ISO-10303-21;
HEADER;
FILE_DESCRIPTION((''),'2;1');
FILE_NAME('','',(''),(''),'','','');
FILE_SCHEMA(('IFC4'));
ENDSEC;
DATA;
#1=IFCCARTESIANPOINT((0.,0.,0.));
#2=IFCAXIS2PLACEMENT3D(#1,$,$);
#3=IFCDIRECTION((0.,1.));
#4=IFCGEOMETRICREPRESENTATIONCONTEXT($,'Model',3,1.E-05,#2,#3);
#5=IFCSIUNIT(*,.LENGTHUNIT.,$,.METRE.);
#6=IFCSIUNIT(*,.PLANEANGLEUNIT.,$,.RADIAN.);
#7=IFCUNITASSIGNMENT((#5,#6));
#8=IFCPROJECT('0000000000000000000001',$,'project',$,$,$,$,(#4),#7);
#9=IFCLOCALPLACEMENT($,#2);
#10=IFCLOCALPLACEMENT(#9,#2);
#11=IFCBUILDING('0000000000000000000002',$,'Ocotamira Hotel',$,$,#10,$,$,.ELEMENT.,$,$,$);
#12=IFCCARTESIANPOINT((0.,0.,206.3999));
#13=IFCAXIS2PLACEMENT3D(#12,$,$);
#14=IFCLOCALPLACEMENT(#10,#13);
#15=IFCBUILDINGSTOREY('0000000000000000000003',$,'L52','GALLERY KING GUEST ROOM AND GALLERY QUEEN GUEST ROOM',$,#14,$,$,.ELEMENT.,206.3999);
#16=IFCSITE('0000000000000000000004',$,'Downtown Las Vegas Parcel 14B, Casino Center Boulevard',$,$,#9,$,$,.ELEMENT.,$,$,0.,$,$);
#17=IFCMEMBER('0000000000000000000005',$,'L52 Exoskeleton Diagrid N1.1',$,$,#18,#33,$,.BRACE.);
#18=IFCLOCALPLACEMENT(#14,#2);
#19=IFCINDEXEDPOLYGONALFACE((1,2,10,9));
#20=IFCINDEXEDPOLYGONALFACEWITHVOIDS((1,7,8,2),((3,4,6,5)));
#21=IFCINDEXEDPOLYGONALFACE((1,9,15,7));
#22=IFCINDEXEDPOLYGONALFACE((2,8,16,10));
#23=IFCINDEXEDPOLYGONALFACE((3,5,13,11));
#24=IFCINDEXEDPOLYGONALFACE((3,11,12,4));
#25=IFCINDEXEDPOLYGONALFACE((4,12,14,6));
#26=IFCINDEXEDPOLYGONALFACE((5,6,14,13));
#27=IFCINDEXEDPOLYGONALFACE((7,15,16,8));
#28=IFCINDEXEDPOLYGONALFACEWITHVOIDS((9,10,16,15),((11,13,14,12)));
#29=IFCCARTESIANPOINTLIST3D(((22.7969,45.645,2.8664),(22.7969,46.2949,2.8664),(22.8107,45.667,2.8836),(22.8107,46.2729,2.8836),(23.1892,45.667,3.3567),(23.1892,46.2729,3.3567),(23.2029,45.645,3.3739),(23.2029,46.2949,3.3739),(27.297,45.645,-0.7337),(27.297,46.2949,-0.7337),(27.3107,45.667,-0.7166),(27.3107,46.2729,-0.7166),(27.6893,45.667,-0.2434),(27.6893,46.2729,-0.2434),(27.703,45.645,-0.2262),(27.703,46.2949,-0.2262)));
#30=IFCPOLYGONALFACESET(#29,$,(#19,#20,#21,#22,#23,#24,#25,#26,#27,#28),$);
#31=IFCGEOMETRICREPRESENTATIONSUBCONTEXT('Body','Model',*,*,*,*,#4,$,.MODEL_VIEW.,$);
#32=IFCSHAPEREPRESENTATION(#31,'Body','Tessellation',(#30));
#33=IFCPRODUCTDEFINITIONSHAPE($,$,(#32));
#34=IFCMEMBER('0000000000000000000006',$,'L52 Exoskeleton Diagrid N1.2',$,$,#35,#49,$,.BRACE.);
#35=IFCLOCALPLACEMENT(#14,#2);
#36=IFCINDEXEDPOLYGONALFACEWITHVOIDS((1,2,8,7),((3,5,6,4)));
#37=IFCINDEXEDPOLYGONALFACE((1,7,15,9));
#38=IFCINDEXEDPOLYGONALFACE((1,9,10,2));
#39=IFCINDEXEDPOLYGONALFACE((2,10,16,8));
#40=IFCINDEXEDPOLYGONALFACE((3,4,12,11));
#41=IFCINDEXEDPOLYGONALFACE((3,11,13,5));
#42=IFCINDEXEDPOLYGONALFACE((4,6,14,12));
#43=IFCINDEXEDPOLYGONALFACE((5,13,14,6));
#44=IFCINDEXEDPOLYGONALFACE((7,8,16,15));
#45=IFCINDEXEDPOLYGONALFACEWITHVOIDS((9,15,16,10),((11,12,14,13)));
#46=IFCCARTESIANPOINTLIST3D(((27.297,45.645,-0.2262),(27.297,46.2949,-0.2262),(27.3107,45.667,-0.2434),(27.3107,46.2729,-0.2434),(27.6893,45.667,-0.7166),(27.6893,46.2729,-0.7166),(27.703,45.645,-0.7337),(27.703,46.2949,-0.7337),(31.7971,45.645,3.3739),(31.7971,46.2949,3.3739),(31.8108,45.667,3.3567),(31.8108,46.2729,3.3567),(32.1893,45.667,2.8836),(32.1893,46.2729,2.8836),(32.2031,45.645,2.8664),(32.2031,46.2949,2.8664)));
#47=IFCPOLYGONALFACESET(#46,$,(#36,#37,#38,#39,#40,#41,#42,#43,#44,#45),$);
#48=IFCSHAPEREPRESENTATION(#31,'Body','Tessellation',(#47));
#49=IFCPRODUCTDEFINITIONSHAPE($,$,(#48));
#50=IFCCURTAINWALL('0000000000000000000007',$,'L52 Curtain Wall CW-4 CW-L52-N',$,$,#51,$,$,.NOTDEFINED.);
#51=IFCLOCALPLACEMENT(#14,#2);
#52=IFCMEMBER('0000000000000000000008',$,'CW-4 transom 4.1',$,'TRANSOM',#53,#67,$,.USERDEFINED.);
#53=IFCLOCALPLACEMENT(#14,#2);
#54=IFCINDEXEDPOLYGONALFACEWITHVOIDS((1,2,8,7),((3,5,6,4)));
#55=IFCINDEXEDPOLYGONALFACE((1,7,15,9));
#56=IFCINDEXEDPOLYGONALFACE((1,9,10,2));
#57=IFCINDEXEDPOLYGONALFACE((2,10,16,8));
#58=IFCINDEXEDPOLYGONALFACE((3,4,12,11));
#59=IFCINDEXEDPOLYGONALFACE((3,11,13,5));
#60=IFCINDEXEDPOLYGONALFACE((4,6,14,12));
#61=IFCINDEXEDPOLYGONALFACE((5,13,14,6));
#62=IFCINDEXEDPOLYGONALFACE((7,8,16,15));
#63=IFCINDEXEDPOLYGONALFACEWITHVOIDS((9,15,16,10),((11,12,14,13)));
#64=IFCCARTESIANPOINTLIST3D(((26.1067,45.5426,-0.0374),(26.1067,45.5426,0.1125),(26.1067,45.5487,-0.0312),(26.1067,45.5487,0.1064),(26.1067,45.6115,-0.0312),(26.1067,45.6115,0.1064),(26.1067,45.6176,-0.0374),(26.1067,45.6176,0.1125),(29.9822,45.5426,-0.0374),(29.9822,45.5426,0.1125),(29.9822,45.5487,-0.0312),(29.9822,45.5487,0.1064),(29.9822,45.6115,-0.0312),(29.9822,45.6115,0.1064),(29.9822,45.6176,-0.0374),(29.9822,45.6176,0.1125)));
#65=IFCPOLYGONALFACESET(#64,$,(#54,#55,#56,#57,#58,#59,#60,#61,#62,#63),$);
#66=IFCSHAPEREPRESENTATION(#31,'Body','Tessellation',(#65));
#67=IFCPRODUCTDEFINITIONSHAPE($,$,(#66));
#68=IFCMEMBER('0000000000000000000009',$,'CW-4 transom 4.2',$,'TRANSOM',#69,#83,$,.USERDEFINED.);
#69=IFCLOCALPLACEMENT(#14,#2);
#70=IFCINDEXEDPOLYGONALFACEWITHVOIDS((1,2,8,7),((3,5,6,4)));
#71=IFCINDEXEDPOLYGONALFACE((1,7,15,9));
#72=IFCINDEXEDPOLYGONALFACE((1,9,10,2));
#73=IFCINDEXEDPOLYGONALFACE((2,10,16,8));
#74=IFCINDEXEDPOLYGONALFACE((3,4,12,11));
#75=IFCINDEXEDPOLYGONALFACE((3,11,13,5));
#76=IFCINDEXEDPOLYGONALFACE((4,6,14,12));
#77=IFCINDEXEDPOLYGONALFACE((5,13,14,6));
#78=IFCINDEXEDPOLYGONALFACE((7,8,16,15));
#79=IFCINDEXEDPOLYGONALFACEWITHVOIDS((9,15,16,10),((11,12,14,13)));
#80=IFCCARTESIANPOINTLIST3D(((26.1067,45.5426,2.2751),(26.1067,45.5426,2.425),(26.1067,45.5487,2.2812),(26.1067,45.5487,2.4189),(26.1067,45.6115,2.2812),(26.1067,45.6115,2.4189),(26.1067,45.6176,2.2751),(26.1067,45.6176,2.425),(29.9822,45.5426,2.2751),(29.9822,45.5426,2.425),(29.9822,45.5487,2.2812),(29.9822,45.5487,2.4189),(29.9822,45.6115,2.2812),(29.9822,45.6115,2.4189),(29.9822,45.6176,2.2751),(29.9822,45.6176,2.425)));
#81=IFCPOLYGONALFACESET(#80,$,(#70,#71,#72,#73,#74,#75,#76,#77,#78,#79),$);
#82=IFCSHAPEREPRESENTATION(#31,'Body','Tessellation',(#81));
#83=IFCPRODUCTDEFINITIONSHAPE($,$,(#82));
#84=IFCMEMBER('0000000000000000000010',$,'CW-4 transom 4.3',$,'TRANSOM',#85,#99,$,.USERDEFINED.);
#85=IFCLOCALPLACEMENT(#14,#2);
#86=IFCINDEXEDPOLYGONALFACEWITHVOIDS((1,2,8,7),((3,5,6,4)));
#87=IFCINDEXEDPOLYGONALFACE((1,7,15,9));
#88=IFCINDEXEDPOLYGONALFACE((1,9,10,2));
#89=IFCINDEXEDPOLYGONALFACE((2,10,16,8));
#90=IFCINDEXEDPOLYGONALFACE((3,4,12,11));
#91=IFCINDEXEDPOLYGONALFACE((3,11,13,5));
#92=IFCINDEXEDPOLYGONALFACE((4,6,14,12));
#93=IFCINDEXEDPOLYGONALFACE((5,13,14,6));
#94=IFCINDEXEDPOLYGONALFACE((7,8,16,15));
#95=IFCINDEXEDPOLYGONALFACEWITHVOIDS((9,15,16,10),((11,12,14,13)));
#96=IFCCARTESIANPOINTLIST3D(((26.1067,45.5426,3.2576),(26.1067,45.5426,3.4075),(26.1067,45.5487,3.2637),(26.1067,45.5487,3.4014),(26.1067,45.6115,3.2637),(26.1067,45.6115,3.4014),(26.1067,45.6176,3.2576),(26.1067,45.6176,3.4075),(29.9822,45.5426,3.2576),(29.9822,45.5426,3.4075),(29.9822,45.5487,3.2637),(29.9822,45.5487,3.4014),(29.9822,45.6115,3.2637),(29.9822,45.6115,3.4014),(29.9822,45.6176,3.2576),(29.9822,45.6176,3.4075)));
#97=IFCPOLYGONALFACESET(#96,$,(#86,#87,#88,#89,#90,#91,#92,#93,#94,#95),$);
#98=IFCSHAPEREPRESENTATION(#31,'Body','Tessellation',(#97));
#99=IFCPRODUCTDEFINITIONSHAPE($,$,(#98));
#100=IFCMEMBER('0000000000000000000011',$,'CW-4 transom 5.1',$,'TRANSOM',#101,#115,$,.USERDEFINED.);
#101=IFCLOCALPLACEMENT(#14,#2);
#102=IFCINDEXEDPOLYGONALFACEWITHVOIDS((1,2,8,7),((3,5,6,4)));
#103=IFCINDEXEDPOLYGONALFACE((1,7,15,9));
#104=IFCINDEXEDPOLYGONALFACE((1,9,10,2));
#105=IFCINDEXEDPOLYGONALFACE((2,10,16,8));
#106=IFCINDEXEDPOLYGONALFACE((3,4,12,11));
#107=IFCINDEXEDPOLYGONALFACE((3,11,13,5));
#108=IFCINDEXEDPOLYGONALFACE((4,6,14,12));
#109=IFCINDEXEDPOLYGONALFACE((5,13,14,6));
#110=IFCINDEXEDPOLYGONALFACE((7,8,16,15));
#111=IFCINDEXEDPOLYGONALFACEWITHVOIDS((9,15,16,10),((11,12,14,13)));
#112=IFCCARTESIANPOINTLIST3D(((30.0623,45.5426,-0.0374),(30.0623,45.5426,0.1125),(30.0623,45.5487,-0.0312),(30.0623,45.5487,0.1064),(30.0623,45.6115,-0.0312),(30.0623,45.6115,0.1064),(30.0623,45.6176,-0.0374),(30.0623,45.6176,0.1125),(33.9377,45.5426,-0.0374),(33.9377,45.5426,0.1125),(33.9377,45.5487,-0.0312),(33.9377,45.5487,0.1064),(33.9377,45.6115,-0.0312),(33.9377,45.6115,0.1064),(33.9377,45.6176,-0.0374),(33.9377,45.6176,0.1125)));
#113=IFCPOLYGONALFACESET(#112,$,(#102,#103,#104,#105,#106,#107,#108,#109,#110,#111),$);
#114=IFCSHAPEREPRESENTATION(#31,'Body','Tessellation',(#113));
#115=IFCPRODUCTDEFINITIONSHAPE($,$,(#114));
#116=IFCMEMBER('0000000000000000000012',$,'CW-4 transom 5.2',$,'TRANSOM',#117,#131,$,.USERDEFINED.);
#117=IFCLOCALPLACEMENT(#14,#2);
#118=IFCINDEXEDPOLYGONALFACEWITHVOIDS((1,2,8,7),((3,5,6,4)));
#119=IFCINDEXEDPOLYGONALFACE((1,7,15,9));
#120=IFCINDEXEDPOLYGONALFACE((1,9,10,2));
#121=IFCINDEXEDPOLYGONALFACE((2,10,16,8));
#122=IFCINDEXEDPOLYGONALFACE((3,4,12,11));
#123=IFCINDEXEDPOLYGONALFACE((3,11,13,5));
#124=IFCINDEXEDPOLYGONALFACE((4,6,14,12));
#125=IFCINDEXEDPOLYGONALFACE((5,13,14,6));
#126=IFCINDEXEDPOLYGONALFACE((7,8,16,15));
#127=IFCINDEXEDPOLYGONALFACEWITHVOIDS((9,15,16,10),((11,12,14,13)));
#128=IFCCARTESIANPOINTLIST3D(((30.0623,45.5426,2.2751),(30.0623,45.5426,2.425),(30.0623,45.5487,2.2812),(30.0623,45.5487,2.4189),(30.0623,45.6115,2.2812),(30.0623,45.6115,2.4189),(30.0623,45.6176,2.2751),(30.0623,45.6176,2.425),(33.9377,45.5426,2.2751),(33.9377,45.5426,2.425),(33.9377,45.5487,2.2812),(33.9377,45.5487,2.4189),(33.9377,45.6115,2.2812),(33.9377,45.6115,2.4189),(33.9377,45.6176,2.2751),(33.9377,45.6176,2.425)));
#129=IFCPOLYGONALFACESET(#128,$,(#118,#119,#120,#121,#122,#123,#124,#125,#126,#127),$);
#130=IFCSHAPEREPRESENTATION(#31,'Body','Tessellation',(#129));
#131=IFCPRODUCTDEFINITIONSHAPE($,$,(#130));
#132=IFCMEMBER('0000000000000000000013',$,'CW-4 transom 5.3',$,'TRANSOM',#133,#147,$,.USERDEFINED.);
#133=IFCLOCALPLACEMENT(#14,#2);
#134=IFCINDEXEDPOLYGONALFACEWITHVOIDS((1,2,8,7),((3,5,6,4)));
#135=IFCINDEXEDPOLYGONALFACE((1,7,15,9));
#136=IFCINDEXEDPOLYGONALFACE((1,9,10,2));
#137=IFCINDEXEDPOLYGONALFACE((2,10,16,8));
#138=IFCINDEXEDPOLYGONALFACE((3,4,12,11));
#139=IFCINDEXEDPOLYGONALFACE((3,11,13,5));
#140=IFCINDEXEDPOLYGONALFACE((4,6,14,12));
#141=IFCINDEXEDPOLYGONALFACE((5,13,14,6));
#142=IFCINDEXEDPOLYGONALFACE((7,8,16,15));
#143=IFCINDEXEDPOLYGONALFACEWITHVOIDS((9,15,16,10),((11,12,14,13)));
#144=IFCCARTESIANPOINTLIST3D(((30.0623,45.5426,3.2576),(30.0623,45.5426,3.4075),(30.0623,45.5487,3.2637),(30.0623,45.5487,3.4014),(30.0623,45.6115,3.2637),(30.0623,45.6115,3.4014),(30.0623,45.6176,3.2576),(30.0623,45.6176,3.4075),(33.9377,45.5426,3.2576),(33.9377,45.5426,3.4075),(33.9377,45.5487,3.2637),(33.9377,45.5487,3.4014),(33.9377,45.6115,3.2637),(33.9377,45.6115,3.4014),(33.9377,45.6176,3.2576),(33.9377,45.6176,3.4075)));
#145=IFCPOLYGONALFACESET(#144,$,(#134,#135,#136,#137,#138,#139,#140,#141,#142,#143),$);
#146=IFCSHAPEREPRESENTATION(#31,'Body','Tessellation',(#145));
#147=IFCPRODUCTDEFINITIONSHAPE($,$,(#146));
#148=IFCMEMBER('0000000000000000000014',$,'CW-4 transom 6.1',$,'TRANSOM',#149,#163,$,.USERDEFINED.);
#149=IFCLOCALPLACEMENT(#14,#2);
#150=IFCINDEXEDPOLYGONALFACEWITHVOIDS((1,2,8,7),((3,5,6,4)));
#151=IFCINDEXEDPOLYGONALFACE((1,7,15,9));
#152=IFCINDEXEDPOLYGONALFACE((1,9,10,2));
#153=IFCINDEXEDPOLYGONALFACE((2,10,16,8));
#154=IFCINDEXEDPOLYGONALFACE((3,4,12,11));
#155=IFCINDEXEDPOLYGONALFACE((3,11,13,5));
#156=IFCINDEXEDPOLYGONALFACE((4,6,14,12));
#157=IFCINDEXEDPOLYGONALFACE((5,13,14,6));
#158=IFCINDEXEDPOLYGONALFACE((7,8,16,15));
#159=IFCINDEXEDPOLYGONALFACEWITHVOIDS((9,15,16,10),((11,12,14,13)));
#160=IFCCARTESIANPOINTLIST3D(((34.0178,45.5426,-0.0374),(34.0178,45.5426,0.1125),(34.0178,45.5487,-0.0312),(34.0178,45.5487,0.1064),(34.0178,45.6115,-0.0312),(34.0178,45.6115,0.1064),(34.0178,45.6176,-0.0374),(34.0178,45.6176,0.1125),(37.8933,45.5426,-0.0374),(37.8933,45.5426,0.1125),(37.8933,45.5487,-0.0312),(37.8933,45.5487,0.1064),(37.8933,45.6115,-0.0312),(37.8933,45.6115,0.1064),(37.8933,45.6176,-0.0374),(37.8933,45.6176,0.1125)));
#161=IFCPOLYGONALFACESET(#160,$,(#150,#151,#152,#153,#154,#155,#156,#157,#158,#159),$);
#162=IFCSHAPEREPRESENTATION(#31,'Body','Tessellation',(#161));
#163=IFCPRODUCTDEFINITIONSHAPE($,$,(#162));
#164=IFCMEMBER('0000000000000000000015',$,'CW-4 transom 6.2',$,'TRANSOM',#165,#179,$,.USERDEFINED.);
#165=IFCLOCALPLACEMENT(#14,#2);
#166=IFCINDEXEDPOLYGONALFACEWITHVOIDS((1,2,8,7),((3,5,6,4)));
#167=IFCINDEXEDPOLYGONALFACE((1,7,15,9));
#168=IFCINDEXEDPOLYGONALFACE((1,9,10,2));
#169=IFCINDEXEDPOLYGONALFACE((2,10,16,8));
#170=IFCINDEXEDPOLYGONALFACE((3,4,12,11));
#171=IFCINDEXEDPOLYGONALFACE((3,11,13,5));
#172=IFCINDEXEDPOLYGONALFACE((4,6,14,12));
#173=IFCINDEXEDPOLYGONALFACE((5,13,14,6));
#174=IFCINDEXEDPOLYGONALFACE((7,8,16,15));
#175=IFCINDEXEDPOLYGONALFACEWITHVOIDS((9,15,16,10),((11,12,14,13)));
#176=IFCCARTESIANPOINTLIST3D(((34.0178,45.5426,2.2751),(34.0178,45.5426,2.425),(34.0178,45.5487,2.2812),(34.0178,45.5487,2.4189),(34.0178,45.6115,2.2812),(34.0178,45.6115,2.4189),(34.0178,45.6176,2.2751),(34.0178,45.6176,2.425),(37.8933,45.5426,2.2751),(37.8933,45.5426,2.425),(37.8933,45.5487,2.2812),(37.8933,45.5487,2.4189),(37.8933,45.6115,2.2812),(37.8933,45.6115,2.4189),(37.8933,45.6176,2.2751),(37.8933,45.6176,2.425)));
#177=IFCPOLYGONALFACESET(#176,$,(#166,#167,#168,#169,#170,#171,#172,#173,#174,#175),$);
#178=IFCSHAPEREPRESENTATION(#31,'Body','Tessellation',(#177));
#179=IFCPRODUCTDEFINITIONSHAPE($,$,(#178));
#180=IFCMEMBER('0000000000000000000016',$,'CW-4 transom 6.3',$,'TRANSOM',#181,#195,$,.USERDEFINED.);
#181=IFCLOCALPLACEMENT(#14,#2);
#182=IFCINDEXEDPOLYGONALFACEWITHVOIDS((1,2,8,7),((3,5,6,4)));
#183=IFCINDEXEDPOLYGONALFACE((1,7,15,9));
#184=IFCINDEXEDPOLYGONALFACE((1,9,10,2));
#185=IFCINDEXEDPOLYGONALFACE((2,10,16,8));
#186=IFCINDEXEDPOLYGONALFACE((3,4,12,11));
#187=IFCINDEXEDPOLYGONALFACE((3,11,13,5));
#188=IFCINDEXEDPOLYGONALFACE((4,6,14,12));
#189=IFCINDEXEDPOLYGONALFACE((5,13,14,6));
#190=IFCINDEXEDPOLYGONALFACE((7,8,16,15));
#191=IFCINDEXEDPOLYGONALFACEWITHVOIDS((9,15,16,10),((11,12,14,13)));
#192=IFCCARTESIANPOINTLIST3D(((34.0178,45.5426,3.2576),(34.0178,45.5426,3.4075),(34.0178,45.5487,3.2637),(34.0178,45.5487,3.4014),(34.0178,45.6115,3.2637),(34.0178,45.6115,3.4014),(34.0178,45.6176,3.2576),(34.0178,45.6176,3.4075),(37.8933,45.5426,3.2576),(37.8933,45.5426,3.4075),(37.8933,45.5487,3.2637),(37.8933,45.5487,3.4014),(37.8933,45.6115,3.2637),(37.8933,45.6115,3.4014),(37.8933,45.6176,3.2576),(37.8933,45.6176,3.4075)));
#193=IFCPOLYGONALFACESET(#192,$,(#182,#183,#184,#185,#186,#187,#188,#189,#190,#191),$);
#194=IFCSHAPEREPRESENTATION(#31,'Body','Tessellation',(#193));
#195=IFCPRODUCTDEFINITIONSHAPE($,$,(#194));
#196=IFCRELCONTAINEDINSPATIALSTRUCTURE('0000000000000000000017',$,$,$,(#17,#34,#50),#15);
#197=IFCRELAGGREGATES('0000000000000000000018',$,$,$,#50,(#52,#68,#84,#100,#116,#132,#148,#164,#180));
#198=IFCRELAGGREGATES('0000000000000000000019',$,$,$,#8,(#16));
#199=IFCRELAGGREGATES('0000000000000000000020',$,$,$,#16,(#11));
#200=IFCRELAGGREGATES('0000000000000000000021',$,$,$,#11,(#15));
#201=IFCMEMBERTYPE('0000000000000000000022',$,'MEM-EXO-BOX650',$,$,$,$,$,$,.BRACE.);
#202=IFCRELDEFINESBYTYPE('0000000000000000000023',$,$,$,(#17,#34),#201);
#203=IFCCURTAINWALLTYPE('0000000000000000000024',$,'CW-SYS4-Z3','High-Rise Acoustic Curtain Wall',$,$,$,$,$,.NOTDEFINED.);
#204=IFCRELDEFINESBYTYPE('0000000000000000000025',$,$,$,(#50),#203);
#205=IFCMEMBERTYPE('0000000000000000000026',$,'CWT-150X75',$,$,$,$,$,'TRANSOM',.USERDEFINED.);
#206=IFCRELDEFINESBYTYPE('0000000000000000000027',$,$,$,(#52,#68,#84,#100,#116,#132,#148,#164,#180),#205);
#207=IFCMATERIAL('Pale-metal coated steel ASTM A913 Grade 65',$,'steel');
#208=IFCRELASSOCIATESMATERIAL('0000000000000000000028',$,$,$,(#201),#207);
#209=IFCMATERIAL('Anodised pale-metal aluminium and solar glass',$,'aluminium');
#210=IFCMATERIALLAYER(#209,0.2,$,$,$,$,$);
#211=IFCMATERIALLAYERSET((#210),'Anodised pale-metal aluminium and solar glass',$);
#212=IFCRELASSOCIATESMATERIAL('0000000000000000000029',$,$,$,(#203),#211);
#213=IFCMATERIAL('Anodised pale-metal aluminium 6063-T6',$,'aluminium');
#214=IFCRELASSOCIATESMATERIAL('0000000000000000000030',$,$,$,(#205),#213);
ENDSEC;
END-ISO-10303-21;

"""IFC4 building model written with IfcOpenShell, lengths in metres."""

from ifc_helpers import new_model, si_unit, direction, frame, origin, origin_2d, place, context, subcontext, project, spatial, hollow_rectangle, extrude, source, transform, mapped, material, layer, layer_set, material_profile, profile_set, type_object, element, aggregate, save


model = new_model("IFC4")

# Units and contexts
model_context = context("Model", 3, precision=1e-05, world=origin(), true_north=direction((0.0, 1.0)))
body_context = subcontext(model_context, "Body", "Model", "MODEL_VIEW")
ifc_project = project(units=[si_unit("LENGTHUNIT", "METRE"), si_unit("PLANEANGLEUNIT", "RADIAN")], contexts=[model_context])

# Site, building, storey
site_placement = place(None, origin())
site = spatial("IfcSite", under=ifc_project, at=site_placement, Name="Downtown Las Vegas Parcel 14B, Casino Center Boulevard", CompositionType="ELEMENT", RefElevation=0.0)
building_placement = place(site_placement, origin())
building = spatial("IfcBuilding", under=site, at=building_placement, Name="Ocotamira Hotel", CompositionType="ELEMENT")
storey_placement = place(building_placement, frame((0.0, 0.0, 206.3999)))
storey = spatial("IfcBuildingStorey", under=building, at=storey_placement, Name="L52", Description="GALLERY KING GUEST ROOM AND GALLERY QUEEN GUEST ROOM", CompositionType="ELEMENT", Elevation=206.3999)

# Members
ifc_material_1 = material(Name="Pale-metal coated steel ASTM A913 Grade 65", Category="steel")
ifc_material_profile_1 = material_profile(ifc_material_1, hollow_rectangle(XDim=0.6499, YDim=0.6499, WallThickness=0.022, at=origin_2d()), Name="BOX650X650X22")
ifc_profile_set_1 = profile_set([ifc_material_profile_1], Name="Pale-metal coated steel ASTM A913 Grade 65")
member_type_1 = type_object("IfcMemberType", Name="MEM-EXO-BOX650", PredefinedType="BRACE", material=ifc_profile_set_1)
shared_shape_1 = source(origin(), body_context, "Body", "SweptSolid", [
    extrude(hollow_rectangle(XDim=0.6499, YDim=0.6499, WallThickness=0.022, at=origin_2d()), origin(), (0.0, 0.0, 1.0), 5.7629),
])
for number, where, z_axis, x_axis, name in (
    (1, (27.5, 45.97, -0.48), (-0.780861, 0.0, 0.624705), (0.0, -1.0, 0.0), "L52 Exoskeleton Diagrid N1.1"),
    (2, (27.5, 45.97, -0.48), (0.780861, 0.0, 0.624705), (0.0, 1.0, 0.0), "L52 Exoskeleton Diagrid N1.2"),
):
    element("IfcMember", number, at=place(storey_placement, frame(where, z_axis=z_axis, x_axis=x_axis)), inside=storey, type_object=member_type_1, Name=name, PredefinedType="BRACE", context=body_context, shape_type="MappedRepresentation", body=[
        mapped(shared_shape_1, transform((0.0, 0.0, 0.0), scale=1.0)),
    ])

# Curtain wall, members
ifc_material_2 = material(Name="Anodised pale-metal aluminium and solar glass", Category="aluminium")
ifc_layer_1 = layer(ifc_material_2, 0.2)
ifc_layer_set_1 = layer_set([ifc_layer_1], Name="Anodised pale-metal aluminium and solar glass")
curtain_wall_type = type_object("IfcCurtainWallType", Name="CW-SYS4-Z3", Description="High-Rise Acoustic Curtain Wall", PredefinedType="NOTDEFINED", material=ifc_layer_set_1)
curtain_wall_placement = place(storey_placement, origin())
curtain_wall = element("IfcCurtainWall", 3, at=curtain_wall_placement, inside=storey, type_object=curtain_wall_type, Name="L52 Curtain Wall CW-4 CW-L52-N", PredefinedType="NOTDEFINED")
ifc_material_3 = material(Name="Anodised pale-metal aluminium 6063-T6", Category="aluminium")
ifc_material_profile_2 = material_profile(ifc_material_3, hollow_rectangle(XDim=0.075, YDim=0.1499, WallThickness=0.0061, at=origin_2d()), Name="HSS150X75X6")
ifc_profile_set_2 = profile_set([ifc_material_profile_2], Name="Anodised pale-metal aluminium 6063-T6")
member_type_2 = type_object("IfcMemberType", Name="CWT-150X75", ElementType="TRANSOM", PredefinedType="USERDEFINED", material=ifc_profile_set_2)
shared_shape_2 = source(origin(), body_context, "Body", "SweptSolid", [
    extrude(hollow_rectangle(XDim=0.075, YDim=0.1499, WallThickness=0.0061, at=origin_2d()), origin(), (0.0, 0.0, 1.0), 3.8755),
])
member_1_placement = place(storey_placement, frame((26.1067, 45.5801, 0.0376), z_axis=(1.0, 0.0, 0.0), x_axis=(0.0, 1.0, 0.0)))
member_1 = element("IfcMember", 4, at=member_1_placement, type_object=member_type_2, Name="CW-4 transom 4.1", ObjectType="TRANSOM", PredefinedType="USERDEFINED", context=body_context, shape_type="MappedRepresentation", body=[
    mapped(shared_shape_2, transform((0.0, 0.0, 0.0), scale=1.0)),
])
member_2_placement = place(storey_placement, frame((26.1067, 45.5801, 2.3501), z_axis=(1.0, 0.0, 0.0), x_axis=(0.0, 1.0, 0.0)))
member_2 = element("IfcMember", 5, at=member_2_placement, type_object=member_type_2, Name="CW-4 transom 4.2", ObjectType="TRANSOM", PredefinedType="USERDEFINED", context=body_context, shape_type="MappedRepresentation", body=[
    mapped(shared_shape_2, transform((0.0, 0.0, 0.0), scale=1.0)),
])
member_3_placement = place(storey_placement, frame((26.1067, 45.5801, 3.3325), z_axis=(1.0, 0.0, 0.0), x_axis=(0.0, 1.0, 0.0)))
member_3 = element("IfcMember", 6, at=member_3_placement, type_object=member_type_2, Name="CW-4 transom 4.3", ObjectType="TRANSOM", PredefinedType="USERDEFINED", context=body_context, shape_type="MappedRepresentation", body=[
    mapped(shared_shape_2, transform((0.0, 0.0, 0.0), scale=1.0)),
])
member_4_placement = place(storey_placement, frame((30.0623, 45.5801, 0.0376), z_axis=(1.0, 0.0, 0.0), x_axis=(0.0, 1.0, 0.0)))
member_4 = element("IfcMember", 7, at=member_4_placement, type_object=member_type_2, Name="CW-4 transom 5.1", ObjectType="TRANSOM", PredefinedType="USERDEFINED", context=body_context, shape_type="MappedRepresentation", body=[
    mapped(shared_shape_2, transform((0.0, 0.0, 0.0), scale=1.0)),
])
member_5_placement = place(storey_placement, frame((30.0623, 45.5801, 2.3501), z_axis=(1.0, 0.0, 0.0), x_axis=(0.0, 1.0, 0.0)))
member_5 = element("IfcMember", 8, at=member_5_placement, type_object=member_type_2, Name="CW-4 transom 5.2", ObjectType="TRANSOM", PredefinedType="USERDEFINED", context=body_context, shape_type="MappedRepresentation", body=[
    mapped(shared_shape_2, transform((0.0, 0.0, 0.0), scale=1.0)),
])
member_6_placement = place(storey_placement, frame((30.0623, 45.5801, 3.3325), z_axis=(1.0, 0.0, 0.0), x_axis=(0.0, 1.0, 0.0)))
member_6 = element("IfcMember", 9, at=member_6_placement, type_object=member_type_2, Name="CW-4 transom 5.3", ObjectType="TRANSOM", PredefinedType="USERDEFINED", context=body_context, shape_type="MappedRepresentation", body=[
    mapped(shared_shape_2, transform((0.0, 0.0, 0.0), scale=1.0)),
])
member_7_placement = place(storey_placement, frame((34.0178, 45.5801, 0.0376), z_axis=(1.0, 0.0, 0.0), x_axis=(0.0, 1.0, 0.0)))
member_7 = element("IfcMember", 10, at=member_7_placement, type_object=member_type_2, Name="CW-4 transom 6.1", ObjectType="TRANSOM", PredefinedType="USERDEFINED", context=body_context, shape_type="MappedRepresentation", body=[
    mapped(shared_shape_2, transform((0.0, 0.0, 0.0), scale=1.0)),
])
member_8_placement = place(storey_placement, frame((34.0178, 45.5801, 2.3501), z_axis=(1.0, 0.0, 0.0), x_axis=(0.0, 1.0, 0.0)))
member_8 = element("IfcMember", 11, at=member_8_placement, type_object=member_type_2, Name="CW-4 transom 6.2", ObjectType="TRANSOM", PredefinedType="USERDEFINED", context=body_context, shape_type="MappedRepresentation", body=[
    mapped(shared_shape_2, transform((0.0, 0.0, 0.0), scale=1.0)),
])
member_9_placement = place(storey_placement, frame((34.0178, 45.5801, 3.3325), z_axis=(1.0, 0.0, 0.0), x_axis=(0.0, 1.0, 0.0)))
member_9 = element("IfcMember", 12, at=member_9_placement, type_object=member_type_2, Name="CW-4 transom 6.3", ObjectType="TRANSOM", PredefinedType="USERDEFINED", context=body_context, shape_type="MappedRepresentation", body=[
    mapped(shared_shape_2, transform((0.0, 0.0, 0.0), scale=1.0)),
])

aggregate(curtain_wall, [member_1, member_2, member_3, member_4, member_5, member_6, member_7, member_8, member_9])

save(model, "model.ifc")
